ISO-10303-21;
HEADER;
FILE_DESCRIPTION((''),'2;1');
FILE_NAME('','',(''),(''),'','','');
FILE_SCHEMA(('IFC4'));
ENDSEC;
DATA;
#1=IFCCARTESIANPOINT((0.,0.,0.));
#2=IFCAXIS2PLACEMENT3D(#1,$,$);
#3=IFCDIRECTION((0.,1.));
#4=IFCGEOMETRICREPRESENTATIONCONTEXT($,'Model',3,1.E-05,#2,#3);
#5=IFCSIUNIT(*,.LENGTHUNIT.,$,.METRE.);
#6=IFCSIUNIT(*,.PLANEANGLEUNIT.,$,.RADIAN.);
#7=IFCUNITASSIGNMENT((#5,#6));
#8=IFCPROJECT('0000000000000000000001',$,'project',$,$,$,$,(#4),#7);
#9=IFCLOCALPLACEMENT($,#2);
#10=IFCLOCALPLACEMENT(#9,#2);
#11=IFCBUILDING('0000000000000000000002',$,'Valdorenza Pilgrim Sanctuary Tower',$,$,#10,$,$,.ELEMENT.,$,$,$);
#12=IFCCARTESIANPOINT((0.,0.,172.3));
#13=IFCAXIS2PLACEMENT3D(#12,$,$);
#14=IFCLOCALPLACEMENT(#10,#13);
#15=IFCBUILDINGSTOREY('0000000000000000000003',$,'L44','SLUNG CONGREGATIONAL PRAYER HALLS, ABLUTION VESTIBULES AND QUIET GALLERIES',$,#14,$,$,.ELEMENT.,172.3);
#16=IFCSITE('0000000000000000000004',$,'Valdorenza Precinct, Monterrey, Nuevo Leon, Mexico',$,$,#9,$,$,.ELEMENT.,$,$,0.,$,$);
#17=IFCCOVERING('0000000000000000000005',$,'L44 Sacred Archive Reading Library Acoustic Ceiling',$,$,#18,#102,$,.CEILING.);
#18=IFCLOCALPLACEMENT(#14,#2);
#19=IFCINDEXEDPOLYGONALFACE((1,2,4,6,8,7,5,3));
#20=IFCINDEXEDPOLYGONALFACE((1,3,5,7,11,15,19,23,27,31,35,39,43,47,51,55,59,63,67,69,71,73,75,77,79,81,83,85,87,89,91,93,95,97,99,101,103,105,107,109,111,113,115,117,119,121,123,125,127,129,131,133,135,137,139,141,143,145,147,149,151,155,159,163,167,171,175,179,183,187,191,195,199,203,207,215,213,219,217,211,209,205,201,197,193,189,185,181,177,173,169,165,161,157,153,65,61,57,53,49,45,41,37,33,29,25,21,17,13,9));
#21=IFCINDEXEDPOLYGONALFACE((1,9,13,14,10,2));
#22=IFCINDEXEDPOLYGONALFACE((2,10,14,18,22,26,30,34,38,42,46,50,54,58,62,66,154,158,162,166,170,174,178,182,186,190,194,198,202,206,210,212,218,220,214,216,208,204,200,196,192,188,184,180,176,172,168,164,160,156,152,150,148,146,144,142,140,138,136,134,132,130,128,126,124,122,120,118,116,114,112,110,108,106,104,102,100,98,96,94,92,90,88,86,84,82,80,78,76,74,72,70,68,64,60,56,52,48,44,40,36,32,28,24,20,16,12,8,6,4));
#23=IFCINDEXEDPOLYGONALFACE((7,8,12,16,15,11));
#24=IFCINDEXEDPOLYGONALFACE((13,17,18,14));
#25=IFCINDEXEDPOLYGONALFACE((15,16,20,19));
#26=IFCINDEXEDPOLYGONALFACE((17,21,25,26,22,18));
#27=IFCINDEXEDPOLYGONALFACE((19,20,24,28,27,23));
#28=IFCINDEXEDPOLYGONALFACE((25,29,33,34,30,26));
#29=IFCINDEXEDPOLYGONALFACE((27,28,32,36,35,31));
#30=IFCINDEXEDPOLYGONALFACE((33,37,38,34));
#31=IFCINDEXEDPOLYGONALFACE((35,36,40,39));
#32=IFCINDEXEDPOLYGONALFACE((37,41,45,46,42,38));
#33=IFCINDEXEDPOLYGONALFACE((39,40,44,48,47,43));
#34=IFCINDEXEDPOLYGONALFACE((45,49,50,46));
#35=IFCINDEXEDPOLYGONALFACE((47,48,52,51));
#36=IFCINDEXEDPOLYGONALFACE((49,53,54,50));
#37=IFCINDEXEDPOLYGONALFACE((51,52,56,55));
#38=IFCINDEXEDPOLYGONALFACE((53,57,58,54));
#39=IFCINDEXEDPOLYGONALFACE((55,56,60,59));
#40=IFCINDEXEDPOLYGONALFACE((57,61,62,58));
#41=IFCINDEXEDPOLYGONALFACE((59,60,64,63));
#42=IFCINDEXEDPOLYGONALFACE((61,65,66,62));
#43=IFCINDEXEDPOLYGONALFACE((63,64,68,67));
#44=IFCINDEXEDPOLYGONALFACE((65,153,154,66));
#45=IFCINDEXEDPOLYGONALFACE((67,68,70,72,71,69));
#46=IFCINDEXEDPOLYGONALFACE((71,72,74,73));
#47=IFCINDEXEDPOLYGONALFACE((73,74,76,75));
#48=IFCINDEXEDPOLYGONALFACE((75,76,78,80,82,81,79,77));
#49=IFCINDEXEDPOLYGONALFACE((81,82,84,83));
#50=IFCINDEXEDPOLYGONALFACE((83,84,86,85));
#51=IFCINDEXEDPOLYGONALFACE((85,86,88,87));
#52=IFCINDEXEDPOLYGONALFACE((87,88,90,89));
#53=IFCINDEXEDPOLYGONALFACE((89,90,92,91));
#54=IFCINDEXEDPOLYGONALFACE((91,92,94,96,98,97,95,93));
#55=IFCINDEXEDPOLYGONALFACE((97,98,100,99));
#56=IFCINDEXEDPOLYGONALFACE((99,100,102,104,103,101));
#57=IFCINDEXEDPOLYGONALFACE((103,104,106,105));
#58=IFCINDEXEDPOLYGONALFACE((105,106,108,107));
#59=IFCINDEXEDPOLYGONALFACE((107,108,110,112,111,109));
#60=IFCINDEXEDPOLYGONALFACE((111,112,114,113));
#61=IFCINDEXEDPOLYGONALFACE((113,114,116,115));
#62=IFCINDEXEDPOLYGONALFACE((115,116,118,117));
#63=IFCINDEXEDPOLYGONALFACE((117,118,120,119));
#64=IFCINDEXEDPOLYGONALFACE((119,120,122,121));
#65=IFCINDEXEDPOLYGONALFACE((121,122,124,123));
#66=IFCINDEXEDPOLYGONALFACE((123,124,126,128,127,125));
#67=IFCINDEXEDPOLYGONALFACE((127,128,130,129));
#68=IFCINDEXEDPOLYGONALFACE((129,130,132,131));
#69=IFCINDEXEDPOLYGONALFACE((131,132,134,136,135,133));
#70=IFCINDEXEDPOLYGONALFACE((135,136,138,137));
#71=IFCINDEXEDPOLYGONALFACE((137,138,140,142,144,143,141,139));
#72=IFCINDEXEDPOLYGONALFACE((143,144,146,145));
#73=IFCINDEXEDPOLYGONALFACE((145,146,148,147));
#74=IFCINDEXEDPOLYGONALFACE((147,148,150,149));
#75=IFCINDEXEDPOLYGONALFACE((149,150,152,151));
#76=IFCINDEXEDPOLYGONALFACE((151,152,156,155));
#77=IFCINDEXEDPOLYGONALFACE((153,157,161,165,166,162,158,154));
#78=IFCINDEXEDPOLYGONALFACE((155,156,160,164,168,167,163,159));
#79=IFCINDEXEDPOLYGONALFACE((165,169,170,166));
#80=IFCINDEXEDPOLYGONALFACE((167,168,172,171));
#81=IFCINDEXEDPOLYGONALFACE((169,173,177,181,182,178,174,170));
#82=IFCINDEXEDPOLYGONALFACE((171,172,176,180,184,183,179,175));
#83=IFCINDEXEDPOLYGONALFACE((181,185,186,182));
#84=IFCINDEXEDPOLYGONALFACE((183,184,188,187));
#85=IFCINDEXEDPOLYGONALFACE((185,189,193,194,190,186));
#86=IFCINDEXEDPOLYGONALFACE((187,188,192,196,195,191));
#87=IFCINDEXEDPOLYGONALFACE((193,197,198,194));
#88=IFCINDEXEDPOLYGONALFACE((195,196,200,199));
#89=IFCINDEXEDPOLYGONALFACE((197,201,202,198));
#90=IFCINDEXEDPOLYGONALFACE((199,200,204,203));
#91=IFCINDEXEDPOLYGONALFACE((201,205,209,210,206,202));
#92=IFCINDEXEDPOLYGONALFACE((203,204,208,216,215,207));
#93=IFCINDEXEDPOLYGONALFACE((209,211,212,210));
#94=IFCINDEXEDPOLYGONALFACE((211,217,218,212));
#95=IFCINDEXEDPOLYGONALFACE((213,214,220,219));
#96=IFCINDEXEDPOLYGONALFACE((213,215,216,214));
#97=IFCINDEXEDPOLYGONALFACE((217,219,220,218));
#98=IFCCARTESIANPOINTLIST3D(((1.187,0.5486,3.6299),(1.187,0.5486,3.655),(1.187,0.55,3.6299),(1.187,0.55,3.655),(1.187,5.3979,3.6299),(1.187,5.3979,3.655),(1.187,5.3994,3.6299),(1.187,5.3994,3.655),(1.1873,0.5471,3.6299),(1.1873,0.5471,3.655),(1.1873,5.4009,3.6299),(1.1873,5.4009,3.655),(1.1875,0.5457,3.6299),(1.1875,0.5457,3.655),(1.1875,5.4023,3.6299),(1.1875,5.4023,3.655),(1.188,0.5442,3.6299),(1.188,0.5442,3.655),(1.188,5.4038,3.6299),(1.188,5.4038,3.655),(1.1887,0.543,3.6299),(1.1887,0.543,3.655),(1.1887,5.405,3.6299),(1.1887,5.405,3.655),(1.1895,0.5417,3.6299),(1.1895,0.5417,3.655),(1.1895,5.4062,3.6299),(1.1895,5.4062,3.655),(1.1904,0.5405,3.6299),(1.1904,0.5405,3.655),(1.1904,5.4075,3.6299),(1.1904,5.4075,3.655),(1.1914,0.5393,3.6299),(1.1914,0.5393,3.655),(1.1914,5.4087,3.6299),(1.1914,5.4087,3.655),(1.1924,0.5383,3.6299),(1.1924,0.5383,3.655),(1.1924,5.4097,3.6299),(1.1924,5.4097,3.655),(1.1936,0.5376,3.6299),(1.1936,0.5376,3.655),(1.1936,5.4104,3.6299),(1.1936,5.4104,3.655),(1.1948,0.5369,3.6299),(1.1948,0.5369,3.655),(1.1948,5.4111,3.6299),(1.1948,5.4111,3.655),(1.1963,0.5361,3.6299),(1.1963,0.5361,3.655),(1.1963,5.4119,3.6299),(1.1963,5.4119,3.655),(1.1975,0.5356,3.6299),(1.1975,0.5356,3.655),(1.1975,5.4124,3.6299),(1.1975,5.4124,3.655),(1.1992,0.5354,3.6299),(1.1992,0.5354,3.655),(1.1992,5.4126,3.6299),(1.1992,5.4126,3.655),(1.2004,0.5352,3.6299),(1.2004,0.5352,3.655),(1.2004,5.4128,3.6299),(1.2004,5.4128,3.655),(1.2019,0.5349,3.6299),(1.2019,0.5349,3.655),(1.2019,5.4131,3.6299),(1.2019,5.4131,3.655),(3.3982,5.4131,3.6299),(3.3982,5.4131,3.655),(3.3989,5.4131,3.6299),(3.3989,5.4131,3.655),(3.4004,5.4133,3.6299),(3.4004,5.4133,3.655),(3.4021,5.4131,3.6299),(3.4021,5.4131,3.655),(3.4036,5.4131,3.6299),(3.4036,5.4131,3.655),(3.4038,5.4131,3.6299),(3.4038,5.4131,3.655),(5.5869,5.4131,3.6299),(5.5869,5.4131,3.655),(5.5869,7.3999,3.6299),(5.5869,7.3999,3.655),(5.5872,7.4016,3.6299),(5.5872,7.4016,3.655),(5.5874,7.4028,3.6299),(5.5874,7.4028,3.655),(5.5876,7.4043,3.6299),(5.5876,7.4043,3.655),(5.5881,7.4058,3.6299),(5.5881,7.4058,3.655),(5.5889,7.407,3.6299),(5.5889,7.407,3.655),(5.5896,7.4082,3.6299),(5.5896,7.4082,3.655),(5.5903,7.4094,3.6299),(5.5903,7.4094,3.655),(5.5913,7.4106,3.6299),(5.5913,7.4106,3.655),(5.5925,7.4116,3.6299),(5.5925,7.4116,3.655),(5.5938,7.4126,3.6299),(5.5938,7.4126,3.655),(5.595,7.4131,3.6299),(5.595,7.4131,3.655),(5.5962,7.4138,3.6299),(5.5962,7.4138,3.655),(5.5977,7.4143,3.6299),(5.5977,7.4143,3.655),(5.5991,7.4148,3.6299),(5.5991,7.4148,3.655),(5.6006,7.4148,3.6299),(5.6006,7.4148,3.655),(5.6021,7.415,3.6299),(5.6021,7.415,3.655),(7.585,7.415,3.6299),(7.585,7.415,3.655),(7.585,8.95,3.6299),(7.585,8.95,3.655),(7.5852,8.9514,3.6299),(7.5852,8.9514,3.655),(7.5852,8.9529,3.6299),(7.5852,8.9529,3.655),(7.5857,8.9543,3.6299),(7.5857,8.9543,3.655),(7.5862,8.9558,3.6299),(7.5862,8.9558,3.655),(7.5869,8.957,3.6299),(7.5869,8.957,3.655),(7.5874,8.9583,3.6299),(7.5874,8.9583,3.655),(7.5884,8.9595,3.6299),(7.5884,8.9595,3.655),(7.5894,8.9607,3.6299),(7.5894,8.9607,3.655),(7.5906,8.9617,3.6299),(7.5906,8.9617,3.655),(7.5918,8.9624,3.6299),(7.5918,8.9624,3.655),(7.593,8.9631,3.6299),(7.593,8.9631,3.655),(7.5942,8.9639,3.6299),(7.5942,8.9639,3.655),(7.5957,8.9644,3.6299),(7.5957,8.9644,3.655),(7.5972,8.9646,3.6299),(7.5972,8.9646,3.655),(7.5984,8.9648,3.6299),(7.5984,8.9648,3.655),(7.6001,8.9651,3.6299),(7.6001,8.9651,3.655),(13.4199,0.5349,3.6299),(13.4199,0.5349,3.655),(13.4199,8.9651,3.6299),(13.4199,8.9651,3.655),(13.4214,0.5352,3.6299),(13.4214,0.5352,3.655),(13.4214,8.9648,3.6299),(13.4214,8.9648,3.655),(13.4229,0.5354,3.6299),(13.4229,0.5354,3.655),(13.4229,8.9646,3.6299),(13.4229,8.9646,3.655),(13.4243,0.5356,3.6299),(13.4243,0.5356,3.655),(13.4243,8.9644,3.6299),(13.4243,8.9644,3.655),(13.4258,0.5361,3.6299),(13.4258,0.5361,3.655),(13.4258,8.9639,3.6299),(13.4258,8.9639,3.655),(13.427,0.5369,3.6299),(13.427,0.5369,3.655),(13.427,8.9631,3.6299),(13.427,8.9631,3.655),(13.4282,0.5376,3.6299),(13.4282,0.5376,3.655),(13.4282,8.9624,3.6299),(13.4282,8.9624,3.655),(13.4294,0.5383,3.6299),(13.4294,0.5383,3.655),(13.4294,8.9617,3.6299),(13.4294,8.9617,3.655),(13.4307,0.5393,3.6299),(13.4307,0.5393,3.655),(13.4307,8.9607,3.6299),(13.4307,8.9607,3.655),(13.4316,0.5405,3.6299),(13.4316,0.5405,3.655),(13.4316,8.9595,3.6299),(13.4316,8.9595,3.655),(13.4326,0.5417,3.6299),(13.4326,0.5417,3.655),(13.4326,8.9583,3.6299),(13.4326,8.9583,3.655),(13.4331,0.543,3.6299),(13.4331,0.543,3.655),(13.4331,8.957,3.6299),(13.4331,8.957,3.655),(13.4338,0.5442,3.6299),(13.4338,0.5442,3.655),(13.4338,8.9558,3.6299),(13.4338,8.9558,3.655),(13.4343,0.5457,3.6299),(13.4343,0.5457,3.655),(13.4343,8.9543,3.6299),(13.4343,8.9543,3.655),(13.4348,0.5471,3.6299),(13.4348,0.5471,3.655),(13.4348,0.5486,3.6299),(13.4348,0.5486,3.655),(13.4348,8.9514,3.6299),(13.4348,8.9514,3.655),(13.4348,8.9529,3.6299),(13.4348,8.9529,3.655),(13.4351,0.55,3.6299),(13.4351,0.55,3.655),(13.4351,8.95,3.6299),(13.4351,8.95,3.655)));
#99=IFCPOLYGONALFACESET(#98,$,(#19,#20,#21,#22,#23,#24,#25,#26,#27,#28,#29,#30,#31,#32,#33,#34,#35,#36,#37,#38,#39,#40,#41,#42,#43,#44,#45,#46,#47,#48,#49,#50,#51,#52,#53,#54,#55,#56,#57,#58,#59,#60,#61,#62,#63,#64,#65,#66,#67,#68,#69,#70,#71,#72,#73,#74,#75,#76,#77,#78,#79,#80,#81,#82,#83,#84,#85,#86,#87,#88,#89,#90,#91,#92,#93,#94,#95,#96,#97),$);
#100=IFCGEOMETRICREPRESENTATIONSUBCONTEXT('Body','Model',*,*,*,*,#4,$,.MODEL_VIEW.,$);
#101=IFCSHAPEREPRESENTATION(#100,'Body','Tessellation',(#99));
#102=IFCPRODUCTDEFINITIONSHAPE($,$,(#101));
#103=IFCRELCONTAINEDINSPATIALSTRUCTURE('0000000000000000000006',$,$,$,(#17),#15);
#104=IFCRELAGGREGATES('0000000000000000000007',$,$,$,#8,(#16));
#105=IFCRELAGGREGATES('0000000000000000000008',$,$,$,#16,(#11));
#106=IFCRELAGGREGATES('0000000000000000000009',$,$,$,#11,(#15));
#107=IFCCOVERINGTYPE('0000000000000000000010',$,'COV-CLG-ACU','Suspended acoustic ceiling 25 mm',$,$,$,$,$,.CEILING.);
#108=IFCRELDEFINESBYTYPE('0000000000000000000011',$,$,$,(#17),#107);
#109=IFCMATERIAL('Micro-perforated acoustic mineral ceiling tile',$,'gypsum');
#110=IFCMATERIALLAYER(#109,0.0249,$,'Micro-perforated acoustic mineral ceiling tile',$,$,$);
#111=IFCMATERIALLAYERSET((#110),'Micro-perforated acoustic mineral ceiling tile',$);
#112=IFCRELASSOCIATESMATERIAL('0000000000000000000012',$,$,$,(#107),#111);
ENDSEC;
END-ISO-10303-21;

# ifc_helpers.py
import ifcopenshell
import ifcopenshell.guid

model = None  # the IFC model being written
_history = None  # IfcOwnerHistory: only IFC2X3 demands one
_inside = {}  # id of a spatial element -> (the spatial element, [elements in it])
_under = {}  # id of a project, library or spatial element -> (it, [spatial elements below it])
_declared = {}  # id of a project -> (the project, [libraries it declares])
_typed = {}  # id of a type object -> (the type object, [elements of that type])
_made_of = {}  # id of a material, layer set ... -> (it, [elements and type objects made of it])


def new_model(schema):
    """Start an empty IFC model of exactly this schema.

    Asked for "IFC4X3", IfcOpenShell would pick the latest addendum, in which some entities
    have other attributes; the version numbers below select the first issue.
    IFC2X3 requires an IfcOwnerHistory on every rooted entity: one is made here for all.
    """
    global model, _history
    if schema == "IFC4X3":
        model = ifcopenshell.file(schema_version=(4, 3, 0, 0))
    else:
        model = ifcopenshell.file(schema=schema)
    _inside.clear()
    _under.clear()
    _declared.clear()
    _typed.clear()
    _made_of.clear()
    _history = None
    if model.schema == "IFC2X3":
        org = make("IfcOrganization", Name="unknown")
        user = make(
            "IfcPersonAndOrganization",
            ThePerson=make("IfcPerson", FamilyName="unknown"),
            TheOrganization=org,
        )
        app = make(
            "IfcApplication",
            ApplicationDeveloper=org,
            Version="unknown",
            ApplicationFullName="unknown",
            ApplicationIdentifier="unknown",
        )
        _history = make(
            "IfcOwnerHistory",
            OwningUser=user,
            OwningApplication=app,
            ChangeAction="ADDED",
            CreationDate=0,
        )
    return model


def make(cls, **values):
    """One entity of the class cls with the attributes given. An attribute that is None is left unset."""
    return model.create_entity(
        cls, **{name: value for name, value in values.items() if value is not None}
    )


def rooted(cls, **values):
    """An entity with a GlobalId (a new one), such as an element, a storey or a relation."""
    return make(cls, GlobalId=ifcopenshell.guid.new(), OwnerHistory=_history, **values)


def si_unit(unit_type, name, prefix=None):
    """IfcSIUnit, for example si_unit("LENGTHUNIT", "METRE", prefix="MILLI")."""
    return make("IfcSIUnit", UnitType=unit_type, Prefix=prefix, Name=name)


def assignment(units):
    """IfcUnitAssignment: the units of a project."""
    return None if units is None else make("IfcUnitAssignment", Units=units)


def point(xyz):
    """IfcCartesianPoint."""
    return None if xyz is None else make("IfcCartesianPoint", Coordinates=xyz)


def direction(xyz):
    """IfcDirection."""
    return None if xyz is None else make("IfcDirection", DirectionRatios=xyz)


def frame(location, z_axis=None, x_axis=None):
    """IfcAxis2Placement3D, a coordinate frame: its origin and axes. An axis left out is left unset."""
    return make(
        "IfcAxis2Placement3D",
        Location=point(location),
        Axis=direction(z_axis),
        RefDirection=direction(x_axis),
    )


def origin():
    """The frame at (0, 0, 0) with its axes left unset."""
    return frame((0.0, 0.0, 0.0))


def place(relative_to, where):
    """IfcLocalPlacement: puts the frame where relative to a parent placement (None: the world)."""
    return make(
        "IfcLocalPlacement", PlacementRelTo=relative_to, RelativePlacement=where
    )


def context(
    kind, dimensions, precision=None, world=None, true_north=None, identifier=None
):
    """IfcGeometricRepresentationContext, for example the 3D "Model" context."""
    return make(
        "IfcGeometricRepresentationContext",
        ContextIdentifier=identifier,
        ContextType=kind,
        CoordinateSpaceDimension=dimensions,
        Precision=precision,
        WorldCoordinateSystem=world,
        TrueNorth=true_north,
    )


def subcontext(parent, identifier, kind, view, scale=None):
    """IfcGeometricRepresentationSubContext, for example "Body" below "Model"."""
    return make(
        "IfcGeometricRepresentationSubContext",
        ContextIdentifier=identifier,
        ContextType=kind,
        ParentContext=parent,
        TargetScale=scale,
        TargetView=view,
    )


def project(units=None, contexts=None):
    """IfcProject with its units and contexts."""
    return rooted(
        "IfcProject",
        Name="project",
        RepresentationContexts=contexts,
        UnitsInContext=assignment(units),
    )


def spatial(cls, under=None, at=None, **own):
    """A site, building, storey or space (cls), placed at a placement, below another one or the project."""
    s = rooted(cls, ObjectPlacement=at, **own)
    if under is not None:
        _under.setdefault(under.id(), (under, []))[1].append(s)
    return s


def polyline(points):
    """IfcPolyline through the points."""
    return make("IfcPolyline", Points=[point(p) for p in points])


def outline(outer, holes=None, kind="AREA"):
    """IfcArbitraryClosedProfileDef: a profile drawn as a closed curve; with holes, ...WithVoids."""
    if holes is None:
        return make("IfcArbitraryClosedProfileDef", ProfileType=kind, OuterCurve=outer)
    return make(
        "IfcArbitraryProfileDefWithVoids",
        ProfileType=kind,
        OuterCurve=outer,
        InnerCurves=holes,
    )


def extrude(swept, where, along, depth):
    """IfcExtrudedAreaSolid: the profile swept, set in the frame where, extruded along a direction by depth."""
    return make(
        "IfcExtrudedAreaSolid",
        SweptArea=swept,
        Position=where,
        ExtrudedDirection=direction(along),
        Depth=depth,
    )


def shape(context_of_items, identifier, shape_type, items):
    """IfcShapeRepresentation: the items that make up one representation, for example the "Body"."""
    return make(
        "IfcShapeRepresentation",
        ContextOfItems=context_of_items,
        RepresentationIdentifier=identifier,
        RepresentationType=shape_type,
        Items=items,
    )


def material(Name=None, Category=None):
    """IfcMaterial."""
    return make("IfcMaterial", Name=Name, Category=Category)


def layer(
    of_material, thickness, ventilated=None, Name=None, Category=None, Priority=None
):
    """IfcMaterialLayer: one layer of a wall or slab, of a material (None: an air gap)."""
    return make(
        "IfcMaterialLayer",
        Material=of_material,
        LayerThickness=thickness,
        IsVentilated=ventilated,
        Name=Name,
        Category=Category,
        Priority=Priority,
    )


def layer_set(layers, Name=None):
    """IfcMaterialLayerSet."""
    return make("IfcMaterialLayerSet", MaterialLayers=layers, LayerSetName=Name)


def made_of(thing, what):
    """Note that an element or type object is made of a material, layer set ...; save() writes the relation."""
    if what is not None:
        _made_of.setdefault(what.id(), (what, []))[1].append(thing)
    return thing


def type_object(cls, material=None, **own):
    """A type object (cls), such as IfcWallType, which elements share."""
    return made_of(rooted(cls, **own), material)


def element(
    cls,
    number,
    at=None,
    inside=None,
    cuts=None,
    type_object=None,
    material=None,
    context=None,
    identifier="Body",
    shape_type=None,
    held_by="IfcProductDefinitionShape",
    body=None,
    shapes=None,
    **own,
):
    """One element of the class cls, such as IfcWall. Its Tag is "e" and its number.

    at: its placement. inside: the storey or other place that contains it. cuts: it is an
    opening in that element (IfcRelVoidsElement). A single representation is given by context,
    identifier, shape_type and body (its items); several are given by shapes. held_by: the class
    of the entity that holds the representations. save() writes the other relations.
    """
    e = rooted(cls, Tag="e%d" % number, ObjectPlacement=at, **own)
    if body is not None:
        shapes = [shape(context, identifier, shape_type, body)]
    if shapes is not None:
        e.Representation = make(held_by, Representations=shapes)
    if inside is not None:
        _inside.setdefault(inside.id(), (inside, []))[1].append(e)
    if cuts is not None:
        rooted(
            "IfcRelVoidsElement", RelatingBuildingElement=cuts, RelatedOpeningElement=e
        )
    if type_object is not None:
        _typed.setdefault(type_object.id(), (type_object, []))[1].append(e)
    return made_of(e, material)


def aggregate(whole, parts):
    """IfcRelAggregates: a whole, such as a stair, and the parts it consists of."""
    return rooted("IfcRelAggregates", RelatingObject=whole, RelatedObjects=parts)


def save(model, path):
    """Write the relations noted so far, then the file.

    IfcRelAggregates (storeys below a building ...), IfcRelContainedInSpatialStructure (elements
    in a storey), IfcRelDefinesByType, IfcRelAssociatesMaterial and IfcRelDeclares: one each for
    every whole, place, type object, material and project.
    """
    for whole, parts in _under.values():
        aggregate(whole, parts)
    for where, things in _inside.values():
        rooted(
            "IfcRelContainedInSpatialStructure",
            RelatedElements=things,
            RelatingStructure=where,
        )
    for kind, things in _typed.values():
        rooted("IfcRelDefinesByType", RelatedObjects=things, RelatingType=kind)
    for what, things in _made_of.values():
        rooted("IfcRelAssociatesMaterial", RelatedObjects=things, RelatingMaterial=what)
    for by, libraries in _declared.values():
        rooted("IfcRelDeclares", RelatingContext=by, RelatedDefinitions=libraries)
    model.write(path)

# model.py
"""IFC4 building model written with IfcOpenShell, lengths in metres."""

from ifc_helpers import new_model, si_unit, direction, frame, origin, place, context, subcontext, project, spatial, polyline, outline, extrude, material, layer, layer_set, type_object, element, save


model = new_model("IFC4")

# Units and contexts
model_context = context("Model", 3, precision=1e-05, world=origin(), true_north=direction((0.0, 1.0)))
body_context = subcontext(model_context, "Body", "Model", "MODEL_VIEW")
ifc_project = project(units=[si_unit("LENGTHUNIT", "METRE"), si_unit("PLANEANGLEUNIT", "RADIAN")], contexts=[model_context])

# Site, building, storey
site_placement = place(None, origin())
site = spatial("IfcSite", under=ifc_project, at=site_placement, Name="Valdorenza Precinct, Monterrey, Nuevo Leon, Mexico", CompositionType="ELEMENT", RefElevation=0.0)
building_placement = place(site_placement, origin())
building = spatial("IfcBuilding", under=site, at=building_placement, Name="Valdorenza Pilgrim Sanctuary Tower", CompositionType="ELEMENT")
storey_placement = place(building_placement, frame((0.0, 0.0, 172.3)))
storey = spatial("IfcBuildingStorey", under=building, at=storey_placement, Name="L44", Description="SLUNG CONGREGATIONAL PRAYER HALLS, ABLUTION VESTIBULES AND QUIET GALLERIES", CompositionType="ELEMENT", Elevation=172.3)

# Covering
ifc_material_1 = material(Name="Micro-perforated acoustic mineral ceiling tile", Category="gypsum")
ifc_layer_1 = layer(ifc_material_1, 0.0249, Name="Micro-perforated acoustic mineral ceiling tile")
ifc_layer_set_1 = layer_set([ifc_layer_1], Name="Micro-perforated acoustic mineral ceiling tile")
covering_type_1 = type_object("IfcCoveringType", Name="COV-CLG-ACU", Description="Suspended acoustic ceiling 25 mm", PredefinedType="CEILING", material=ifc_layer_set_1)
covering_1_placement = place(storey_placement, frame((0.0, 0.0, 3.6299)))
element("IfcCovering", 1, at=covering_1_placement, inside=storey, type_object=covering_type_1, Name="L44 Sacred Archive Reading Library Acoustic Ceiling", PredefinedType="CEILING", context=body_context, shape_type="SweptSolid", body=[
    extrude(outline(polyline([(3.3982, 5.4131), (3.3989, 5.4131), (3.4004, 5.4133), (3.4021, 5.4131), (3.4036, 5.4131), (3.4038, 5.4131), (5.5869, 5.4131), (5.5869, 7.3999), (5.5872, 7.4016), (5.5874, 7.4028), (5.5876, 7.4043), (5.5881, 7.4058), (5.5889, 7.407), (5.5896, 7.4082), (5.5903, 7.4094), (5.5913, 7.4106), (5.5925, 7.4116), (5.5938, 7.4126), (5.595, 7.4131), (5.5962, 7.4138), (5.5977, 7.4143), (5.5991, 7.4148), (5.6006, 7.4148), (5.6021, 7.415), (7.585, 7.415), (7.585, 8.95), (7.5852, 8.9514), (7.5852, 8.9529), (7.5857, 8.9543), (7.5862, 8.9558), (7.5869, 8.957), (7.5874, 8.9583), (7.5884, 8.9595), (7.5894, 8.9607), (7.5906, 8.9617), (7.5918, 8.9624), (7.593, 8.9631), (7.5942, 8.9639), (7.5957, 8.9644), (7.5972, 8.9646), (7.5984, 8.9648), (7.6001, 8.9651), (13.4199, 8.9651), (13.4214, 8.9648), (13.4229, 8.9646), (13.4243, 8.9644), (13.4258, 8.9639), (13.427, 8.9631), (13.4282, 8.9624), (13.4294, 8.9617), (13.4307, 8.9607), (13.4316, 8.9595), (13.4326, 8.9583), (13.4331, 8.957), (13.4338, 8.9558), (13.4343, 8.9543), (13.4348, 8.9529), (13.4348, 8.9514), (13.4351, 8.95), (13.4351, 0.55), (13.4348, 0.5486), (13.4348, 0.5471), (13.4343, 0.5457), (13.4338, 0.5442), (13.4331, 0.543), (13.4326, 0.5417), (13.4316, 0.5405), (13.4307, 0.5393), (13.4294, 0.5383), (13.4282, 0.5376), (13.427, 0.5369), (13.4258, 0.5361), (13.4243, 0.5356), (13.4229, 0.5354), (13.4214, 0.5352), (13.4199, 0.5349), (1.2019, 0.5349), (1.2004, 0.5352), (1.1992, 0.5354), (1.1975, 0.5356), (1.1963, 0.5361), (1.1948, 0.5369), (1.1936, 0.5376), (1.1924, 0.5383), (1.1914, 0.5393), (1.1904, 0.5405), (1.1895, 0.5417), (1.1887, 0.543), (1.188, 0.5442), (1.1875, 0.5457), (1.1873, 0.5471), (1.187, 0.5486), (1.187, 0.55), (1.187, 5.3979), (1.187, 5.3994), (1.1873, 5.4009), (1.1875, 5.4023), (1.188, 5.4038), (1.1887, 5.405), (1.1895, 5.4062), (1.1904, 5.4075), (1.1914, 5.4087), (1.1924, 5.4097), (1.1936, 5.4104), (1.1948, 5.4111), (1.1963, 5.4119), (1.1975, 5.4124), (1.1992, 5.4126), (1.2004, 5.4128), (1.2019, 5.4131), (3.3982, 5.4131)])), origin(), (0.0, 0.0, 1.0), 0.0251),
])

save(model, "model.ifc")
